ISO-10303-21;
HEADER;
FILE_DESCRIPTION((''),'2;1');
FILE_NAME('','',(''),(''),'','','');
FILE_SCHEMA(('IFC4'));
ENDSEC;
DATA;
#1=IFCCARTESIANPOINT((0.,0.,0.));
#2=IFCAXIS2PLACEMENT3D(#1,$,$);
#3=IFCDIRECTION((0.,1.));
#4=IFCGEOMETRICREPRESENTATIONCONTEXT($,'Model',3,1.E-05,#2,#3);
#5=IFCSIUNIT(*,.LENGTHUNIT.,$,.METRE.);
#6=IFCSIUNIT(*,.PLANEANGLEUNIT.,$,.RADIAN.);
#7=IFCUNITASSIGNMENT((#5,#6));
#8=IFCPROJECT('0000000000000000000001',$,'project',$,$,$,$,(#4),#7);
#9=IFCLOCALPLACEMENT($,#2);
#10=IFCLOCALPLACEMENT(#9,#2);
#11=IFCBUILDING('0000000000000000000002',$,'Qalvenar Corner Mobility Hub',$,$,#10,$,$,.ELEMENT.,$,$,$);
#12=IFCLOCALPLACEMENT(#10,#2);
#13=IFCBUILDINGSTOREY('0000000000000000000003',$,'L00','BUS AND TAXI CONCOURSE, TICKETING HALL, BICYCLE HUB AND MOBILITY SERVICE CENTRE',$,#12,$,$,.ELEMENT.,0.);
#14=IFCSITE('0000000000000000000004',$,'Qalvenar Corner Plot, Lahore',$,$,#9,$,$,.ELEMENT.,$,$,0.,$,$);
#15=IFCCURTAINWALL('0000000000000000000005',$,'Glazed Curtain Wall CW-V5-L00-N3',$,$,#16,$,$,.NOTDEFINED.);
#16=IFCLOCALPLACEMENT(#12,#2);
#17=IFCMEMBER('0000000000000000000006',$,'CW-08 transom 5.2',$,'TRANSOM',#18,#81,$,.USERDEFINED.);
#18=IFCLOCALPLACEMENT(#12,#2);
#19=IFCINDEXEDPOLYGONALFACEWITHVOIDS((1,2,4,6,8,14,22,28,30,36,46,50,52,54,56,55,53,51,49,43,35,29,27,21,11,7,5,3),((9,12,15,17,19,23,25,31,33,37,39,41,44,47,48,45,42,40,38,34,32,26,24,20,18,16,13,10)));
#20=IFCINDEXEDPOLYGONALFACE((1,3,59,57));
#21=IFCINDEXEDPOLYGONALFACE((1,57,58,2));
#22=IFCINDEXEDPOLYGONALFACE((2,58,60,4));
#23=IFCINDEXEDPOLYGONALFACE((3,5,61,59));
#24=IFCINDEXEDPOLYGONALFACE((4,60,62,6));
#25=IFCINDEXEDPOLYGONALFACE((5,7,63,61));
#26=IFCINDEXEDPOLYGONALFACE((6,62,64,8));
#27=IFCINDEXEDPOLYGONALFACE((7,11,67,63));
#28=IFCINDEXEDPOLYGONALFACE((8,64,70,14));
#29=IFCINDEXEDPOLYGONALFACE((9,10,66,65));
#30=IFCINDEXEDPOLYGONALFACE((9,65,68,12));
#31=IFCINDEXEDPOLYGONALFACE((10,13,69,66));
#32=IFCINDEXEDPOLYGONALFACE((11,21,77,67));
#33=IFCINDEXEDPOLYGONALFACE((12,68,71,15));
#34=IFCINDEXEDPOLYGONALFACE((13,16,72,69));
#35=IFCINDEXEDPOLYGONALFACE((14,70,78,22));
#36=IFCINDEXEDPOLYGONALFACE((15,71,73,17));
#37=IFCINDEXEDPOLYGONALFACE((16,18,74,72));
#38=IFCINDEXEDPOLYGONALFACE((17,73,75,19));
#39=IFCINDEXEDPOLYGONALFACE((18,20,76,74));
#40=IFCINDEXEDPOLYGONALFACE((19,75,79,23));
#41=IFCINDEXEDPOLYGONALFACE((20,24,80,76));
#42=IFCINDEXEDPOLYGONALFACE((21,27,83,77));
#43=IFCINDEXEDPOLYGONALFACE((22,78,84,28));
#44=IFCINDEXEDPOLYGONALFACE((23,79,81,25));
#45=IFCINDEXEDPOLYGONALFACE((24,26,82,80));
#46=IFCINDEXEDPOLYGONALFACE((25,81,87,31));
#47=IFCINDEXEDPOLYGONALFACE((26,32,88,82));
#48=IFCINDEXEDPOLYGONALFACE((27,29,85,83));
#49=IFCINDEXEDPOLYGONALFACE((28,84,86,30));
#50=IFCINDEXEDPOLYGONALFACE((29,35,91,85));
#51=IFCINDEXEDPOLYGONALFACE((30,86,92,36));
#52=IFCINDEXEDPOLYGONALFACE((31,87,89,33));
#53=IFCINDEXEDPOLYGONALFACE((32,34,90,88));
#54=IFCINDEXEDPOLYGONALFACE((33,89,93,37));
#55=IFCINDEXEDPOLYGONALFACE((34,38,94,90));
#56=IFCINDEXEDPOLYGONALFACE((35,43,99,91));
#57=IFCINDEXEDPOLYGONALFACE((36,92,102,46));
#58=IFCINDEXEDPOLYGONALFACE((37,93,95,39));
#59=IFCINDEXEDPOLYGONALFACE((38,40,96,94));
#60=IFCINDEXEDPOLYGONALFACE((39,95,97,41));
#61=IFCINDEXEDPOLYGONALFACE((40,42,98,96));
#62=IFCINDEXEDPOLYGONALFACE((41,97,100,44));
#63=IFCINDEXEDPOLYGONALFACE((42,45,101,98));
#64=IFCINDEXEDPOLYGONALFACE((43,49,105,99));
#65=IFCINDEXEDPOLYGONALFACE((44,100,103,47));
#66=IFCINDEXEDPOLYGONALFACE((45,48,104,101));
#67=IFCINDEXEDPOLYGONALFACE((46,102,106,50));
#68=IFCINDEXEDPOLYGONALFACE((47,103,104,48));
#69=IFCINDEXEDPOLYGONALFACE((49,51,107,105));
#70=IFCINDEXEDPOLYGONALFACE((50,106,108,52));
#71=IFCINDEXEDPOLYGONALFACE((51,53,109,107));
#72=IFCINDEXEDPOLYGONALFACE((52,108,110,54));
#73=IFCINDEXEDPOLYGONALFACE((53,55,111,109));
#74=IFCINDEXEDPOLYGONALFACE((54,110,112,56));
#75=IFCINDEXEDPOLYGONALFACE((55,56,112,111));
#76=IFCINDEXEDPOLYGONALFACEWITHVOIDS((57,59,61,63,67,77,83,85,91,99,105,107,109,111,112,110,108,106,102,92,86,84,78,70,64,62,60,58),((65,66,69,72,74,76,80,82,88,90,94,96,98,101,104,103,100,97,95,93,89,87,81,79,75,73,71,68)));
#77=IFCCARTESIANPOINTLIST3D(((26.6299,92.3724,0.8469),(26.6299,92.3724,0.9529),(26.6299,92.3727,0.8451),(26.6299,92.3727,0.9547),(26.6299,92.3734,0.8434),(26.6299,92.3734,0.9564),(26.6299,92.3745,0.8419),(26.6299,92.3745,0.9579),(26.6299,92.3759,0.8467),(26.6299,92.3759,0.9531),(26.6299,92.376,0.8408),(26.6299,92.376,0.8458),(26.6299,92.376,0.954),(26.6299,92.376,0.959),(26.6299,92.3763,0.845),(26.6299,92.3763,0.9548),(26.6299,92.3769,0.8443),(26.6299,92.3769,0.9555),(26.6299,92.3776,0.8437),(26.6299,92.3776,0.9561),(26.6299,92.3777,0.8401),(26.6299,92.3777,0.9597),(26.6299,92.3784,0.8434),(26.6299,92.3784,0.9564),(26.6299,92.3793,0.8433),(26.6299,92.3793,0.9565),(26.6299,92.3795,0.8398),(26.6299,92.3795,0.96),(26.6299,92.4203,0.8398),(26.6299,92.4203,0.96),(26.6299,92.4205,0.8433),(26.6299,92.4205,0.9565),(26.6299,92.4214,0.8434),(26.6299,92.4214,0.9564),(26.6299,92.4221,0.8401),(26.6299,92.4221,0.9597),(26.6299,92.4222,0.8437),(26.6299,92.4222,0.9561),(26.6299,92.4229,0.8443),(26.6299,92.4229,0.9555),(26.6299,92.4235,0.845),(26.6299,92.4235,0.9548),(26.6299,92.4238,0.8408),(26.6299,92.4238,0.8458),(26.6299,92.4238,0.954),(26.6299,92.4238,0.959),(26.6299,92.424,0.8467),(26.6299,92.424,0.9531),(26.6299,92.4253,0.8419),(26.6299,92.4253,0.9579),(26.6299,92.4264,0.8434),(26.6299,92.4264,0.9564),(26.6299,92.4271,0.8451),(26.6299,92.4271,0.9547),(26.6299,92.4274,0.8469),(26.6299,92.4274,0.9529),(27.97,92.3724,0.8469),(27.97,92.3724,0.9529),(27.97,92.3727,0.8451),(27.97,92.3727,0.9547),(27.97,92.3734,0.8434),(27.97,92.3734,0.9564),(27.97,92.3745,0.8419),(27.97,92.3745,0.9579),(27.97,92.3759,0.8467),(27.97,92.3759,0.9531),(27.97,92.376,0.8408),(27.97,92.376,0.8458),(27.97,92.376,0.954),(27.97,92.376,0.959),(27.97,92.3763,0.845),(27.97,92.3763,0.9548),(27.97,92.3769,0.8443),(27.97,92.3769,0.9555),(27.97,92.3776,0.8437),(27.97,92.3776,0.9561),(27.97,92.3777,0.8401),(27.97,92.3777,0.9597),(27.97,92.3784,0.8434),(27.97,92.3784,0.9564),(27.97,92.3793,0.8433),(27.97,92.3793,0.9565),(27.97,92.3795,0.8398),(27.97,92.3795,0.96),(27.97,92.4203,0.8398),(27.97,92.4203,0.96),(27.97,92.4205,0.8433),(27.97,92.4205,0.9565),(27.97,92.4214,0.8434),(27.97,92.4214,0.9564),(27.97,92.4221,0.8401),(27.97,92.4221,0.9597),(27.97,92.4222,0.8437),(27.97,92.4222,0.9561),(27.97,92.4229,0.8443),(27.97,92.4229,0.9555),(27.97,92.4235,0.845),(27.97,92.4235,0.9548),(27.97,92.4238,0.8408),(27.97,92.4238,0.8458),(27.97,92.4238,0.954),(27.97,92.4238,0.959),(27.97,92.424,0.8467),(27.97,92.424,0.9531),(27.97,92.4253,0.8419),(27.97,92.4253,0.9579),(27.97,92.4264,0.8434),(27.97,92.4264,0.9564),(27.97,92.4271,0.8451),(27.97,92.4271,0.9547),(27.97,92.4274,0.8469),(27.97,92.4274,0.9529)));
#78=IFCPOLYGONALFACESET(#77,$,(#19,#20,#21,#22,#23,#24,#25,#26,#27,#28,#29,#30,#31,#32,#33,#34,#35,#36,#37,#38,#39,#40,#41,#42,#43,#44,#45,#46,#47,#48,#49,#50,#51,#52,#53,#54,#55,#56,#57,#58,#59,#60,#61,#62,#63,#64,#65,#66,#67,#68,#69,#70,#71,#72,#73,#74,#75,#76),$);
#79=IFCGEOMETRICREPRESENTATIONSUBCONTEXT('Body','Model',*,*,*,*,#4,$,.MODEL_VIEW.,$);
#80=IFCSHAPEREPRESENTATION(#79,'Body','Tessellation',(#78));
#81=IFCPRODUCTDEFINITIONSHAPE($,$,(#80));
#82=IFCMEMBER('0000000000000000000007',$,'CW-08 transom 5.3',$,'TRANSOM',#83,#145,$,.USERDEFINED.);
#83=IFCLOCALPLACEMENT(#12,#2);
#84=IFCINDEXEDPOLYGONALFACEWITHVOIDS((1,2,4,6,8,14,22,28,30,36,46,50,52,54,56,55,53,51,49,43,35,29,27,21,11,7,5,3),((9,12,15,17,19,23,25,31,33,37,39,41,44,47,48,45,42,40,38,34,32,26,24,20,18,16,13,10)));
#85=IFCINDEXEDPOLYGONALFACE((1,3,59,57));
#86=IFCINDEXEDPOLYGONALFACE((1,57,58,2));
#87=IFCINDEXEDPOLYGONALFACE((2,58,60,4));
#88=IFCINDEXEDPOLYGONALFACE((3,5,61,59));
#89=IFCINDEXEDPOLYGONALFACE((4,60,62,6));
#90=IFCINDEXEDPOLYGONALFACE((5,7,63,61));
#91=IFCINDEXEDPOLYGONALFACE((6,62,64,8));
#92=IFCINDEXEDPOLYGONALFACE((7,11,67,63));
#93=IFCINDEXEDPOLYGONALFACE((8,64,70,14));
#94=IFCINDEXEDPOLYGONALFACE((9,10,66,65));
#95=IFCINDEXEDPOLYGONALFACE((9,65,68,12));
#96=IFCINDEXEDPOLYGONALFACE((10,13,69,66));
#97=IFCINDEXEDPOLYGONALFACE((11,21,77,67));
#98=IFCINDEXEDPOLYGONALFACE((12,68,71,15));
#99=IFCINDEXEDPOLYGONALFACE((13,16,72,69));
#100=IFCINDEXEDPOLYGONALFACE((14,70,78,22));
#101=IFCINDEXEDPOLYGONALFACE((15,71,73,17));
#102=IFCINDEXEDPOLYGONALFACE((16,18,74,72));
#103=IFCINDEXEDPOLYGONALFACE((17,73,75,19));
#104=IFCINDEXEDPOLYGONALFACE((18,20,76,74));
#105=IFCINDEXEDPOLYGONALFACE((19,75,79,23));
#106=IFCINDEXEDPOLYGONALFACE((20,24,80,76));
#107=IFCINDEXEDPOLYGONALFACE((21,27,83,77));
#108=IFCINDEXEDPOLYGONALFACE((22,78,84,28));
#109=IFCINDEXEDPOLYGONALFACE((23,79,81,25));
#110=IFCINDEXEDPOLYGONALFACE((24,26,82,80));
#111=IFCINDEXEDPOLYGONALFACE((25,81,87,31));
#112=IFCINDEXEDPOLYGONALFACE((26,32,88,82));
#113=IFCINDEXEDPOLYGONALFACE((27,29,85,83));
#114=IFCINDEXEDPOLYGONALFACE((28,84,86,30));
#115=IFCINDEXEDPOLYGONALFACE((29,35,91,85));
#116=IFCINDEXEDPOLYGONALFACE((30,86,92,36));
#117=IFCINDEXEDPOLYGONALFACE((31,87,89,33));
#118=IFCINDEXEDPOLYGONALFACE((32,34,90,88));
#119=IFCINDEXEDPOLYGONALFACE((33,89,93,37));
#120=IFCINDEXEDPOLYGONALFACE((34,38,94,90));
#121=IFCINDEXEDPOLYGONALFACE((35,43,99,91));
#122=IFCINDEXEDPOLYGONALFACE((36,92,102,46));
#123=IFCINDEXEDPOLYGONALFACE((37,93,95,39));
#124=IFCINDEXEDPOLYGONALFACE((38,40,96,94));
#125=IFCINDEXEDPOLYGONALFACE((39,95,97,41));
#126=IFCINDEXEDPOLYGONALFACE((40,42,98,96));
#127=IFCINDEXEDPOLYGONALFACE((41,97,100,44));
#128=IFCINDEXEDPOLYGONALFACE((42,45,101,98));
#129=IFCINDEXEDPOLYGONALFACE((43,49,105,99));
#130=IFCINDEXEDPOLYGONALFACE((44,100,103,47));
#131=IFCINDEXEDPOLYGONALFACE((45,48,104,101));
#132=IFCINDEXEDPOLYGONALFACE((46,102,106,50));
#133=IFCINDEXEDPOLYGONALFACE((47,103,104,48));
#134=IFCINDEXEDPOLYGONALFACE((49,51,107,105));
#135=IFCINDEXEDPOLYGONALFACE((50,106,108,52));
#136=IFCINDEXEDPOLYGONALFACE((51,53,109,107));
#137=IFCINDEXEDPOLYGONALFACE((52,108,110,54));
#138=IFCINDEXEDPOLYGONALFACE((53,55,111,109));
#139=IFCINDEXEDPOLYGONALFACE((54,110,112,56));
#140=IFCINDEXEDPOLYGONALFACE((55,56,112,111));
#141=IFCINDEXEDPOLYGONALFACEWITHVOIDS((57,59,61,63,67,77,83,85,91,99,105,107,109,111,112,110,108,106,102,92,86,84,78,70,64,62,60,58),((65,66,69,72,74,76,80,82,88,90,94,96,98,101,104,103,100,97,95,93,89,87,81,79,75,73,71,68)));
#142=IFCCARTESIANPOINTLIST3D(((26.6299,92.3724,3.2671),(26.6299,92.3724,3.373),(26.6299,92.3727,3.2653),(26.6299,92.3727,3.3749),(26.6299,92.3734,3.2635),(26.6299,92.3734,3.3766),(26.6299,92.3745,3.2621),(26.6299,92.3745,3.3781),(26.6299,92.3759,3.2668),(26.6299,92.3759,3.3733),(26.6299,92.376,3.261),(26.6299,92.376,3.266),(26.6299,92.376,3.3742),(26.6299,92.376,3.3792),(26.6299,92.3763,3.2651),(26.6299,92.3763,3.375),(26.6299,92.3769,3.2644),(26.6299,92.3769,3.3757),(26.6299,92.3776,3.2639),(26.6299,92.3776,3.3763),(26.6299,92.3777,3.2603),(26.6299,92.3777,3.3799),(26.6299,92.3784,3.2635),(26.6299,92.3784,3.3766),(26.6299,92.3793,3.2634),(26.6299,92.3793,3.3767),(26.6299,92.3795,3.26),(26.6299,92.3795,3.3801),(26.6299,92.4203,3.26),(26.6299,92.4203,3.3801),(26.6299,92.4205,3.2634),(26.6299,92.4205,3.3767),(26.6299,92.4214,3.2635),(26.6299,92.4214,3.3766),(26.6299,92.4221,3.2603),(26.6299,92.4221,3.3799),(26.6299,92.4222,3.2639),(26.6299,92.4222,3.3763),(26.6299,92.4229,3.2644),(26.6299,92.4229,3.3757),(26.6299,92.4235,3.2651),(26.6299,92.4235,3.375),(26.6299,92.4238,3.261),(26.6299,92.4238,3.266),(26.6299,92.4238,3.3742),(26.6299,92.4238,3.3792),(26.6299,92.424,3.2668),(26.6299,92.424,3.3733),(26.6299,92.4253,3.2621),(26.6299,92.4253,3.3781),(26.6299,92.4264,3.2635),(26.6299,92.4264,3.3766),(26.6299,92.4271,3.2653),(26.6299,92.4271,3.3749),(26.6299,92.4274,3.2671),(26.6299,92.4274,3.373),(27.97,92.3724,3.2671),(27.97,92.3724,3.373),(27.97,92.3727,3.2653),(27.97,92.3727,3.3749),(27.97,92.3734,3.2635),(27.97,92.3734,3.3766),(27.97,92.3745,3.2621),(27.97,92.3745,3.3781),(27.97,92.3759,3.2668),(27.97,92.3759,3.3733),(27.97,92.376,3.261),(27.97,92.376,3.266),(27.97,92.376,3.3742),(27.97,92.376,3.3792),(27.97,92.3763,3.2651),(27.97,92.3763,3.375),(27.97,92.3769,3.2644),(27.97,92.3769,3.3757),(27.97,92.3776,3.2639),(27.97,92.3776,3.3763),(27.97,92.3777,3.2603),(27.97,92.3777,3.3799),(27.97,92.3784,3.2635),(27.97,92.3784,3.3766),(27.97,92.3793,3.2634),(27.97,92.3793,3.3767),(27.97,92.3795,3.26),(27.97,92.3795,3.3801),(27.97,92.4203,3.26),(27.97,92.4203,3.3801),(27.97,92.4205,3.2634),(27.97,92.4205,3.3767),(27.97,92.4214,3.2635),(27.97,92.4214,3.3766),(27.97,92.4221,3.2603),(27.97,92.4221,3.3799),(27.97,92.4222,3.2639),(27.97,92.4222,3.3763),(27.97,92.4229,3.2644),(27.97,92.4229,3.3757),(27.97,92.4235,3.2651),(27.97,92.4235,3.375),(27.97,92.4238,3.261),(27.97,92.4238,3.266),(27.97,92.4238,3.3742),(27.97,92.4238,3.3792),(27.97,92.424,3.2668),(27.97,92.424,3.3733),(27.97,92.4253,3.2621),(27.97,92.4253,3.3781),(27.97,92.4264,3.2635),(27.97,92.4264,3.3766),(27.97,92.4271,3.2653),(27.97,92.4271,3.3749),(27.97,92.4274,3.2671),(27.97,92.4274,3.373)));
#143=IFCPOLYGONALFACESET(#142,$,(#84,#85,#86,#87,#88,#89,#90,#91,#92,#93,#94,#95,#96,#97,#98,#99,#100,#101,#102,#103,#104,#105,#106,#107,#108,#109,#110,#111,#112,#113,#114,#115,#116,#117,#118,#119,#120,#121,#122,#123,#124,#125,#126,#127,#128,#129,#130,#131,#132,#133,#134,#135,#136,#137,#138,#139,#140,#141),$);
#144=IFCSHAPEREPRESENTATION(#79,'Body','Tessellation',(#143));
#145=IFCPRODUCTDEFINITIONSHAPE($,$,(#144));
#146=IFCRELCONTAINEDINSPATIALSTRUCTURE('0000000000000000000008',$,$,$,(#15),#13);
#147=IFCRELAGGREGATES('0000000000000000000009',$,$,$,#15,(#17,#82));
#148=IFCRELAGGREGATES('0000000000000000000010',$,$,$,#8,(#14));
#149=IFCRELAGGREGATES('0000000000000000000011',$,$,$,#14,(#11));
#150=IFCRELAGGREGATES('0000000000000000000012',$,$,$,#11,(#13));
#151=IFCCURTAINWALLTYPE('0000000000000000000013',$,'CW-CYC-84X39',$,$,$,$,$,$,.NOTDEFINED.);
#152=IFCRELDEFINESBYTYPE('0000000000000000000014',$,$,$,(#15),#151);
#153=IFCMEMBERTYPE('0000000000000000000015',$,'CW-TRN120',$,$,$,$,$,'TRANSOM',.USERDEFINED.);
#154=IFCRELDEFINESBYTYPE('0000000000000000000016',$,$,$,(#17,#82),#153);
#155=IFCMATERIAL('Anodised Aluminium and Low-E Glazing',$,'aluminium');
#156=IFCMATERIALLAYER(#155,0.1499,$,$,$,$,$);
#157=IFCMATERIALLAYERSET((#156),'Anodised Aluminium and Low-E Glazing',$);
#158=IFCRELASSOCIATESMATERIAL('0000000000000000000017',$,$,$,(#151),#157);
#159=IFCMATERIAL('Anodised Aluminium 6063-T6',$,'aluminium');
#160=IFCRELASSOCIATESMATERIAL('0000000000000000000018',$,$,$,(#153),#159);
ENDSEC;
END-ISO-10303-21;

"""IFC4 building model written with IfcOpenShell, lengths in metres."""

from ifc_helpers import new_model, si_unit, direction, frame, origin, origin_2d, place, context, subcontext, project, spatial, hollow_rectangle, extrude, material, layer, layer_set, material_profile, profile_set, type_object, element, aggregate, save


model = new_model("IFC4")

# Units and contexts
model_context = context("Model", 3, precision=1e-05, world=origin(), true_north=direction((0.0, 1.0)))
body_context = subcontext(model_context, "Body", "Model", "MODEL_VIEW")
ifc_project = project(units=[si_unit("LENGTHUNIT", "METRE"), si_unit("PLANEANGLEUNIT", "RADIAN")], contexts=[model_context])

# Site, building, storey
site_placement = place(None, origin())
site = spatial("IfcSite", under=ifc_project, at=site_placement, Name="Qalvenar Corner Plot, Lahore", CompositionType="ELEMENT", RefElevation=0.0)
building_placement = place(site_placement, origin())
building = spatial("IfcBuilding", under=site, at=building_placement, Name="Qalvenar Corner Mobility Hub", CompositionType="ELEMENT")
storey_placement = place(building_placement, origin())
storey = spatial("IfcBuildingStorey", under=building, at=storey_placement, Name="L00", Description="BUS AND TAXI CONCOURSE, TICKETING HALL, BICYCLE HUB AND MOBILITY SERVICE CENTRE", CompositionType="ELEMENT", Elevation=0.0)

# Curtain wall, members
ifc_material_1 = material(Name="Anodised Aluminium and Low-E Glazing", Category="aluminium")
ifc_layer_1 = layer(ifc_material_1, 0.1499)
ifc_layer_set_1 = layer_set([ifc_layer_1], Name="Anodised Aluminium and Low-E Glazing")
curtain_wall_type = type_object("IfcCurtainWallType", Name="CW-CYC-84X39", PredefinedType="NOTDEFINED", material=ifc_layer_set_1)
curtain_wall_placement = place(storey_placement, origin())
curtain_wall = element("IfcCurtainWall", 1, at=curtain_wall_placement, inside=storey, type_object=curtain_wall_type, Name="Glazed Curtain Wall CW-V5-L00-N3", PredefinedType="NOTDEFINED")
ifc_material_2 = material(Name="Anodised Aluminium 6063-T6", Category="aluminium")
ifc_material_profile_1 = material_profile(ifc_material_2, hollow_rectangle(XDim=0.0549, YDim=0.1201, WallThickness=0.0034, InnerFilletRadius=0.0034, OuterFilletRadius=0.0071, at=origin_2d()), Name="RHS120x55x3.5")
ifc_profile_set_1 = profile_set([ifc_material_profile_1], Name="Anodised Aluminium 6063-T6")
member_type_1 = type_object("IfcMemberType", Name="CW-TRN120", ElementType="TRANSOM", PredefinedType="USERDEFINED", material=ifc_profile_set_1)
member_1_placement = place(storey_placement, frame((27.97, 92.3999, 0.8999), z_axis=(-1.0, 0.0, 0.0), x_axis=(0.0, -1.0, 0.0)))
member_1 = element("IfcMember", 2, at=member_1_placement, type_object=member_type_1, Name="CW-08 transom 5.2", ObjectType="TRANSOM", PredefinedType="USERDEFINED", context=body_context, shape_type="SweptSolid", body=[
    extrude(hollow_rectangle(XDim=0.0549, YDim=0.1201, WallThickness=0.0034, InnerFilletRadius=0.0034, OuterFilletRadius=0.0071, at=origin_2d()), origin(), (0.0, 0.0, 1.0), 1.3401),
])
member_2_placement = place(storey_placement, frame((27.97, 92.3999, 3.3201), z_axis=(-1.0, 0.0, 0.0), x_axis=(0.0, -1.0, 0.0)))
member_2 = element("IfcMember", 3, at=member_2_placement, type_object=member_type_1, Name="CW-08 transom 5.3", ObjectType="TRANSOM", PredefinedType="USERDEFINED", context=body_context, shape_type="SweptSolid", body=[
    extrude(hollow_rectangle(XDim=0.0549, YDim=0.1201, WallThickness=0.0034, InnerFilletRadius=0.0034, OuterFilletRadius=0.0071, at=origin_2d()), origin(), (0.0, 0.0, 1.0), 1.3401),
])
aggregate(curtain_wall, [member_1, member_2])

save(model, "model.ifc")
